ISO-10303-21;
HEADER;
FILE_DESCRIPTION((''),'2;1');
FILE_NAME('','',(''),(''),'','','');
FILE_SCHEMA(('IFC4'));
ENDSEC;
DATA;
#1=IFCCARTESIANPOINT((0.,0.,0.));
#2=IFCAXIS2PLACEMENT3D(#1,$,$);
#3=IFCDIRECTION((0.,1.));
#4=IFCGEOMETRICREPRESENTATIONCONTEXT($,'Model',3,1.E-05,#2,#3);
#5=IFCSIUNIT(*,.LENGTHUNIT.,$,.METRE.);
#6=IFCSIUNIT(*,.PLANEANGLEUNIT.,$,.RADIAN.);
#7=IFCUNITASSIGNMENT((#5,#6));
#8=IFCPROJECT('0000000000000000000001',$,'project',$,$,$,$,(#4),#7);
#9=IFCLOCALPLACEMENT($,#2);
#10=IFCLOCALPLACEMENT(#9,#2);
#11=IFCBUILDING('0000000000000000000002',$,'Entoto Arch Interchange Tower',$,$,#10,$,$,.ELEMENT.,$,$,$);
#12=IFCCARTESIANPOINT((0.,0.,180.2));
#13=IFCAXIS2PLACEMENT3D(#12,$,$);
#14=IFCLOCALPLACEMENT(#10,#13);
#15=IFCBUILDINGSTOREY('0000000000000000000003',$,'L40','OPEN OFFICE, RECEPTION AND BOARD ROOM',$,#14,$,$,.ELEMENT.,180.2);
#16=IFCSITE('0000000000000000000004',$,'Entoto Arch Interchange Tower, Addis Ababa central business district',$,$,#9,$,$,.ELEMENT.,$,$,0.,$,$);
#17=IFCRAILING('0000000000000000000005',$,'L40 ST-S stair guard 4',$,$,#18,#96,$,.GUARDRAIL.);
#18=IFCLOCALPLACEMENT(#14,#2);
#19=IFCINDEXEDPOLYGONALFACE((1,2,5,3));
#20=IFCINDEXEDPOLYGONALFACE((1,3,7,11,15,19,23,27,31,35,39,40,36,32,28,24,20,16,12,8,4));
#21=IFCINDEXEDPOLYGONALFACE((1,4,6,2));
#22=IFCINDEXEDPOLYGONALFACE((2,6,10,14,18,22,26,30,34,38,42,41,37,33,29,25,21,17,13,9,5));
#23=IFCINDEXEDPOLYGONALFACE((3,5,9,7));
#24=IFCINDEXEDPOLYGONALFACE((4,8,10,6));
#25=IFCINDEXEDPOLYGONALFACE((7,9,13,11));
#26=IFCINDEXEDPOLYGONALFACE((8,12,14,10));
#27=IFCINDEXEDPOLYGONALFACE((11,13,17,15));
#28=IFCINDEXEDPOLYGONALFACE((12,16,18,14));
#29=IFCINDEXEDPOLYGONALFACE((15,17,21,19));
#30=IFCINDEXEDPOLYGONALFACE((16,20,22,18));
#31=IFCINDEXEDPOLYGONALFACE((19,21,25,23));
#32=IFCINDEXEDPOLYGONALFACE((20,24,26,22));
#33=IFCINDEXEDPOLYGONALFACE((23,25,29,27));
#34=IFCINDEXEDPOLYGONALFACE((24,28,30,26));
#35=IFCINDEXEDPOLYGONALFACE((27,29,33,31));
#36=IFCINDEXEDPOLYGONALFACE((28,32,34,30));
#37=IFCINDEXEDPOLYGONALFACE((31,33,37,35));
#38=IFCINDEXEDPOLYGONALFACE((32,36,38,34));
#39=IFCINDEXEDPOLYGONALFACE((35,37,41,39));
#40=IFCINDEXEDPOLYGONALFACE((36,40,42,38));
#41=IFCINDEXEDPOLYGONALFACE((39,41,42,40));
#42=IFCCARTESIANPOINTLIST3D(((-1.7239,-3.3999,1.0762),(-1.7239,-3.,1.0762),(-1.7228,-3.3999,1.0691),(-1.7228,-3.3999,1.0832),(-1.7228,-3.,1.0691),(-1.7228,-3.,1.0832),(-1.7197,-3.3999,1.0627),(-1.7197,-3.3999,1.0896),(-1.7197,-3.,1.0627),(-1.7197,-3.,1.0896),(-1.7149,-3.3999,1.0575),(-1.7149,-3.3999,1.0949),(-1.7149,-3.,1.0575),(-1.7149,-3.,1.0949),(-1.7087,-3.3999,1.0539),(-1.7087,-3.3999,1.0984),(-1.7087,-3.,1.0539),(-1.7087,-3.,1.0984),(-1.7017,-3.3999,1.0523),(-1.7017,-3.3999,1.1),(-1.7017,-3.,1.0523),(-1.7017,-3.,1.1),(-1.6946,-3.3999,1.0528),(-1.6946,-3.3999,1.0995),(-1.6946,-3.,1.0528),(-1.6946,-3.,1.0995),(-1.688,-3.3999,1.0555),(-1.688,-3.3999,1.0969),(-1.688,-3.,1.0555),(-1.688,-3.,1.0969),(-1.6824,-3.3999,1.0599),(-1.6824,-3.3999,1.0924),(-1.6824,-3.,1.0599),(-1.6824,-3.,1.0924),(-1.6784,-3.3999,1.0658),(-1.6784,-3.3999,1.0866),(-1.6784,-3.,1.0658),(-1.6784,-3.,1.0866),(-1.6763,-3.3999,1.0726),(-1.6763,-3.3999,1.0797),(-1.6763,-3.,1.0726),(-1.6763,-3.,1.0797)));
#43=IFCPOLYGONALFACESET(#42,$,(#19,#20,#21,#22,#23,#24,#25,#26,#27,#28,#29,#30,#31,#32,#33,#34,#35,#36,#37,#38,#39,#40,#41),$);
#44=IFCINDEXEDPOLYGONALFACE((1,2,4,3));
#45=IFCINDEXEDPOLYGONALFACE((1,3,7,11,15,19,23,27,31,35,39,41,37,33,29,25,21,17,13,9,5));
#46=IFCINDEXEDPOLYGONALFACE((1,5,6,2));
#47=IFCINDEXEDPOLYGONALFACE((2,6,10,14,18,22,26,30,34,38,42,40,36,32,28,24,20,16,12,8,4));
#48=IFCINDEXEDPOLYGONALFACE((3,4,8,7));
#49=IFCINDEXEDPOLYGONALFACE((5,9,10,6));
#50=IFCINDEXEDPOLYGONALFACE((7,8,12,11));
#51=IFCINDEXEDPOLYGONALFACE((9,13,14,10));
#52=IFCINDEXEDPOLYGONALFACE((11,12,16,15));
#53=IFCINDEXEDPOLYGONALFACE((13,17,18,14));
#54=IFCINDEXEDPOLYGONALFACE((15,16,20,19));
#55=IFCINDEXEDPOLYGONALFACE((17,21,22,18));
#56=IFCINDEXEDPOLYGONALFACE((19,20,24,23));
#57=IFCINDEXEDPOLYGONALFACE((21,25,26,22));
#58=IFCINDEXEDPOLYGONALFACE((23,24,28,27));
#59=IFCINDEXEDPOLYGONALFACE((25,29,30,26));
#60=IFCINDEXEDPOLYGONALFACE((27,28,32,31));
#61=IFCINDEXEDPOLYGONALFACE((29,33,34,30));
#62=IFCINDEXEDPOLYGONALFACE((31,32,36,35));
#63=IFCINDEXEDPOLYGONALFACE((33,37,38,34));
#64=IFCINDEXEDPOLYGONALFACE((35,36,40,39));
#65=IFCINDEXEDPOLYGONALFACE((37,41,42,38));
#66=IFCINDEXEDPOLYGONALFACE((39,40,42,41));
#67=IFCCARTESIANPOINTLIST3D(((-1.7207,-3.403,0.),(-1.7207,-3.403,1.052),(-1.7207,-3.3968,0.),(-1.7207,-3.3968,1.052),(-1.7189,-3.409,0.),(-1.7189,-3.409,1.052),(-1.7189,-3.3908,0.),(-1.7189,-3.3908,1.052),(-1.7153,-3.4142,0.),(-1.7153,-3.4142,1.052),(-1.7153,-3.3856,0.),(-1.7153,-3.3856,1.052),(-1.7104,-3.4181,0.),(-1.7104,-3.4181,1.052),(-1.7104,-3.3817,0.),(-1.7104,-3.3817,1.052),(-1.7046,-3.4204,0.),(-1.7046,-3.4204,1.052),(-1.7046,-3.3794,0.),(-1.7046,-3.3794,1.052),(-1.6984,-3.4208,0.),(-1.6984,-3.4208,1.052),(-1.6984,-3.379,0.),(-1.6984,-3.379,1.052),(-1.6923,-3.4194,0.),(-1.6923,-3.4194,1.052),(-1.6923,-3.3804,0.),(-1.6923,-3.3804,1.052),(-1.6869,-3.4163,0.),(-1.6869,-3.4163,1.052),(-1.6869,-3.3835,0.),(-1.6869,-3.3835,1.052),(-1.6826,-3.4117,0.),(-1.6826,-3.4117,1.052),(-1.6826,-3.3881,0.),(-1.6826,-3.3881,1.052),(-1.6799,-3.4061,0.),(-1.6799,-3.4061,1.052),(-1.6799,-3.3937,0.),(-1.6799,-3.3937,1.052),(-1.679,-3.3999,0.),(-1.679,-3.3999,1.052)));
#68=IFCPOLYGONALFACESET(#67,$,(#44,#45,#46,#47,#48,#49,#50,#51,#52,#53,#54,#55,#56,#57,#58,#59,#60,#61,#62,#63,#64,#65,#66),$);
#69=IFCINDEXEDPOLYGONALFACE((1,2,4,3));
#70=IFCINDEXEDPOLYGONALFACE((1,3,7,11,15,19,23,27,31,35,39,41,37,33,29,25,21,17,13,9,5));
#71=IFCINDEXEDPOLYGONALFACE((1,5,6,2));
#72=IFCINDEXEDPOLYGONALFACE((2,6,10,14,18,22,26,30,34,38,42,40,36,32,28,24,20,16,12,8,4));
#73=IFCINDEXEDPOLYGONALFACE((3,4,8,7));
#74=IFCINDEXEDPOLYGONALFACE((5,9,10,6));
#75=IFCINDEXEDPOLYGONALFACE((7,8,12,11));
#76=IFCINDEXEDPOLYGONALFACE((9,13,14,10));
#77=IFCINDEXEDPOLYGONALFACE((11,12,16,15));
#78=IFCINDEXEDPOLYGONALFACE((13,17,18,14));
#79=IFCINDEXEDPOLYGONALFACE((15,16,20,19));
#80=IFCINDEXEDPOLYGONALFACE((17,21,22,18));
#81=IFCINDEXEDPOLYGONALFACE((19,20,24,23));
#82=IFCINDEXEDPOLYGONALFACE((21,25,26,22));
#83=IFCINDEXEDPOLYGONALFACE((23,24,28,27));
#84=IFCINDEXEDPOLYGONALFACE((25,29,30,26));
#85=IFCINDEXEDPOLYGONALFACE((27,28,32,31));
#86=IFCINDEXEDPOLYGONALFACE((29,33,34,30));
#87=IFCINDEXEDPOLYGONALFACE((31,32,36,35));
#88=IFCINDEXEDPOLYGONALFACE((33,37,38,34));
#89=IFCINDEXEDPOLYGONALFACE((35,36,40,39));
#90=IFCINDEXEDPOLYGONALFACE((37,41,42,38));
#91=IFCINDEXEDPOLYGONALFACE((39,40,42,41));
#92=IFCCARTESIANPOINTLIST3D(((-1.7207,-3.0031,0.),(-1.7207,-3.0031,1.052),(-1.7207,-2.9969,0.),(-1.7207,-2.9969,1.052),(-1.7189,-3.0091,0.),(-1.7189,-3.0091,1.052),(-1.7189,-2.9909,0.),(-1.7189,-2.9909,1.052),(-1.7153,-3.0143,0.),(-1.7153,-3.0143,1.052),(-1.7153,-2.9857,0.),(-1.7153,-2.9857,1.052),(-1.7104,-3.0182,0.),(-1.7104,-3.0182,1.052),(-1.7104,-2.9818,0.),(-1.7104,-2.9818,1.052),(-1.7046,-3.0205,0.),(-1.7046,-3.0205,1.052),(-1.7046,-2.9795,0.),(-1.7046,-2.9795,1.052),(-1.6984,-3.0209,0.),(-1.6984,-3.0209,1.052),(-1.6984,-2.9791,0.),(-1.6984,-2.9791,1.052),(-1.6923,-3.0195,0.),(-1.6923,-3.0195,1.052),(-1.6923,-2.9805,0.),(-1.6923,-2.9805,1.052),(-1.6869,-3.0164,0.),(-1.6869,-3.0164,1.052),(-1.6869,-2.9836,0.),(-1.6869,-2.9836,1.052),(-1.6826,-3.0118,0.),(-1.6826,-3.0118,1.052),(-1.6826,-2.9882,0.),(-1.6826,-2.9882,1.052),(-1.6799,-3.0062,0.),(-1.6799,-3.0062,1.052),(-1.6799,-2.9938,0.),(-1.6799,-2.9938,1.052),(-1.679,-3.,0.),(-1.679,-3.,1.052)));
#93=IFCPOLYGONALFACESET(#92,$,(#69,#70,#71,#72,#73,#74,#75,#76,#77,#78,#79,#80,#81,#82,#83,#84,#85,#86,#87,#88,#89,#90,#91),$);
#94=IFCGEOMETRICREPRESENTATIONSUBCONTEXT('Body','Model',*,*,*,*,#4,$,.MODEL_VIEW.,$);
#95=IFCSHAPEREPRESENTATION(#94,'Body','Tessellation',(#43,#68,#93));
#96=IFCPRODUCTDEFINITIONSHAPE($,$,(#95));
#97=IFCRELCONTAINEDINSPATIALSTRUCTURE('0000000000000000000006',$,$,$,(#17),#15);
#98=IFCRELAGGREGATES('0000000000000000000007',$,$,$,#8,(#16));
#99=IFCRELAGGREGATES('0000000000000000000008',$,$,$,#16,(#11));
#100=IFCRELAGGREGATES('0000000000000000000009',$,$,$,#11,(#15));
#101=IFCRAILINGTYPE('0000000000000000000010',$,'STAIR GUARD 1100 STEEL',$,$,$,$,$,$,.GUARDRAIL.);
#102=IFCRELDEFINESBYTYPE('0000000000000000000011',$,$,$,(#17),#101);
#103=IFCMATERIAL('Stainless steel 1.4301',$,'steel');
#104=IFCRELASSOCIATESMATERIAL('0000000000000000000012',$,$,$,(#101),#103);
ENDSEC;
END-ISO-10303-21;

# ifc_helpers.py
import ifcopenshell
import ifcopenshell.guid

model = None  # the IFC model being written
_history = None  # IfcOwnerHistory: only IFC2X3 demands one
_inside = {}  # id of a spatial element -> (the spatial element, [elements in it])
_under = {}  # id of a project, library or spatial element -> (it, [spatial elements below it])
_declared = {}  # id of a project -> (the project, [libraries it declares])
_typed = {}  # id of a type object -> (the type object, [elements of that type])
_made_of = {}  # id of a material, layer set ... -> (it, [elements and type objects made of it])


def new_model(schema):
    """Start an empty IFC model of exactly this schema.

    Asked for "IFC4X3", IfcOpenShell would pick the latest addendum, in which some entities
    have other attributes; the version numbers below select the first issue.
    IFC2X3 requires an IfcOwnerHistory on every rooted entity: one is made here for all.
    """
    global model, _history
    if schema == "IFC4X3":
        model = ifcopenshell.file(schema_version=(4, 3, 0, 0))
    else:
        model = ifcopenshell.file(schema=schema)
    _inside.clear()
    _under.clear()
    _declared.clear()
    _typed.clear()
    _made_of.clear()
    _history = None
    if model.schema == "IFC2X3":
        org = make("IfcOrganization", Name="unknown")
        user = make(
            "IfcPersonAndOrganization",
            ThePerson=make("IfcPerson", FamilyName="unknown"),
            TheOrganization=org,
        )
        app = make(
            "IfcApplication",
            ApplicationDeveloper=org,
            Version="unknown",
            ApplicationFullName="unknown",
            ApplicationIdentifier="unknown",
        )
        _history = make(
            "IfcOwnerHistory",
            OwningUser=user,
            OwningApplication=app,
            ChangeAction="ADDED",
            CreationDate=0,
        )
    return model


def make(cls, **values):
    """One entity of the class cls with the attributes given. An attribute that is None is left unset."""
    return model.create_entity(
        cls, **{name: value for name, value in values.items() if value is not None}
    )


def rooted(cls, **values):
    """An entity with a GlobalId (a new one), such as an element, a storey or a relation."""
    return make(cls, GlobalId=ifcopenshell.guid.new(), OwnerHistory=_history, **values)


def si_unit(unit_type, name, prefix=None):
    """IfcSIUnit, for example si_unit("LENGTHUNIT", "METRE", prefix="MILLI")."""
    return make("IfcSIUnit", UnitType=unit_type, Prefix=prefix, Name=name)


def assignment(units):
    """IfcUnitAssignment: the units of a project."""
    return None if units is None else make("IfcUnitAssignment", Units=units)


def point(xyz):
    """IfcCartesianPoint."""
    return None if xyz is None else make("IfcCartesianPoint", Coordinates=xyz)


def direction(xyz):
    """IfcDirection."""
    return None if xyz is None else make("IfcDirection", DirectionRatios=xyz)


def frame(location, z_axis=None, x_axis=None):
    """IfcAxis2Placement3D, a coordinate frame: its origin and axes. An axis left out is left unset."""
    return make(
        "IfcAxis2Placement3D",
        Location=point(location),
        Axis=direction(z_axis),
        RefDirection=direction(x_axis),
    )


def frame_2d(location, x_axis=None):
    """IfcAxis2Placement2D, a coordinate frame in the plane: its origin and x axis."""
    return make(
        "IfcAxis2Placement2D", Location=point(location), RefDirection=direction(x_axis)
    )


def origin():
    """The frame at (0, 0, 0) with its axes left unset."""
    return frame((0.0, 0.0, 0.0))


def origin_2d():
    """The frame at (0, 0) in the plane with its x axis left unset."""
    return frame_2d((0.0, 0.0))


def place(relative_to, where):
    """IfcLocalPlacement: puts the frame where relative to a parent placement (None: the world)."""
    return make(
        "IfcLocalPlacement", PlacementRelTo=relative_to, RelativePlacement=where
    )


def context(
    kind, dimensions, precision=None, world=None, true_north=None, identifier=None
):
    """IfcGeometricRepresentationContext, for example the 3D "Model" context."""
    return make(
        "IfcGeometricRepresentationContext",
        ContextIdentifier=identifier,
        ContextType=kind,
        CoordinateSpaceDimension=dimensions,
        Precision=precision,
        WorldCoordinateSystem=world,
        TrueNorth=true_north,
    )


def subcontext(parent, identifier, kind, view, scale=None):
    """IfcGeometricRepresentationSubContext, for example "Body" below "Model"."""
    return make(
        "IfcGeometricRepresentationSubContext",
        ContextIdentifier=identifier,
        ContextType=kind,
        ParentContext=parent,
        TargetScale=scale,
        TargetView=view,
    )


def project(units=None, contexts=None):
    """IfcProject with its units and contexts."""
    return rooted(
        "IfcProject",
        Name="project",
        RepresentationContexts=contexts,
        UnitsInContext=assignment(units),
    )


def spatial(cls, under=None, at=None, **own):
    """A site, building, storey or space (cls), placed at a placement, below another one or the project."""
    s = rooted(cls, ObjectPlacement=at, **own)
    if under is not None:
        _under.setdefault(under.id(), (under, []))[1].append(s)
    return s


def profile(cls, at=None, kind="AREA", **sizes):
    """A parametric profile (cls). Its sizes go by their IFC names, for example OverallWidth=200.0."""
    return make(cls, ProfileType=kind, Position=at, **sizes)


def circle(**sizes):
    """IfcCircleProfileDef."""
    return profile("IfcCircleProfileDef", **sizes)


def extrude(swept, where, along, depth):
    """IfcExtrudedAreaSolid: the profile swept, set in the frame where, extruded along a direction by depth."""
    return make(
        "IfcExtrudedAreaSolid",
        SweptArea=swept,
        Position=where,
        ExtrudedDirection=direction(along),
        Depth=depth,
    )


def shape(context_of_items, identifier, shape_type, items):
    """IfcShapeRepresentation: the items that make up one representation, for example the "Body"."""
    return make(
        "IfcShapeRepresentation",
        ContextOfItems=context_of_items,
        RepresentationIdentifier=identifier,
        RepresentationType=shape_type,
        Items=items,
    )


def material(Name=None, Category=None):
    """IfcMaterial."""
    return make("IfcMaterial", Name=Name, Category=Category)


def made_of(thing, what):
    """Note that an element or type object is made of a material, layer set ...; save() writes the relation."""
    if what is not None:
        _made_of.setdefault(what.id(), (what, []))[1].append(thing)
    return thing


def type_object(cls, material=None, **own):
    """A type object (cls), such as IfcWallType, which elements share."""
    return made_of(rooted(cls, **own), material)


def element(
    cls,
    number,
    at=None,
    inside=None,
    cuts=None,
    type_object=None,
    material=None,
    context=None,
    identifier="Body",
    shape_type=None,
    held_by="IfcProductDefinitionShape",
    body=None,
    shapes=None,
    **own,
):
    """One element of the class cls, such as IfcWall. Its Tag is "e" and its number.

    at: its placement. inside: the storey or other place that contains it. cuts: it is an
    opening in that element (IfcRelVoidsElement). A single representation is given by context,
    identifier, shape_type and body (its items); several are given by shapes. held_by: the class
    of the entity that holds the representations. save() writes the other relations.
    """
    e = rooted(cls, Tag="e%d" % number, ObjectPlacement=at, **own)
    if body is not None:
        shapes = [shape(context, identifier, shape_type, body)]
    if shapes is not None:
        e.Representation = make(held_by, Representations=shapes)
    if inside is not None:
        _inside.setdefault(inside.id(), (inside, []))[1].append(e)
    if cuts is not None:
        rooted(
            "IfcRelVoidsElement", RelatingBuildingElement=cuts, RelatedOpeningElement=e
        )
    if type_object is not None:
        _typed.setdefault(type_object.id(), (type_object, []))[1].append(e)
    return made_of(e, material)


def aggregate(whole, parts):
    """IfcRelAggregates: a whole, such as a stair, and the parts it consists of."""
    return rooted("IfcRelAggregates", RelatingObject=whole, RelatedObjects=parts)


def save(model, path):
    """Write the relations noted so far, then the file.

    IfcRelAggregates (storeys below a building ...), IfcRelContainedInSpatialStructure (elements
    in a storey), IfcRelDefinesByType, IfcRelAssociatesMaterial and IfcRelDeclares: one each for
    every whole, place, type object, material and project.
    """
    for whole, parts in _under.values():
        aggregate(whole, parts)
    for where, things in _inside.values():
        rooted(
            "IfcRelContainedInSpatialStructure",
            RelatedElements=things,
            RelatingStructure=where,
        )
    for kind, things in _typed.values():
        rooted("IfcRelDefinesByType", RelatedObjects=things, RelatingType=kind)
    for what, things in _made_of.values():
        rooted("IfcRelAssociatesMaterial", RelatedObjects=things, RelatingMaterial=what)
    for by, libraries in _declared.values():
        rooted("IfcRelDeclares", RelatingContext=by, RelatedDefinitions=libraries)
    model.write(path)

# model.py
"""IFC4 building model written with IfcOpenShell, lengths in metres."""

from ifc_helpers import new_model, si_unit, direction, frame, origin, origin_2d, place, context, subcontext, project, spatial, circle, extrude, material, type_object, element, save


model = new_model("IFC4")

# Units and contexts
model_context = context("Model", 3, precision=1e-05, world=origin(), true_north=direction((0.0, 1.0)))
body_context = subcontext(model_context, "Body", "Model", "MODEL_VIEW")
ifc_project = project(units=[si_unit("LENGTHUNIT", "METRE"), si_unit("PLANEANGLEUNIT", "RADIAN")], contexts=[model_context])

# Site, building, storey
site_placement = place(None, origin())
site = spatial("IfcSite", under=ifc_project, at=site_placement, Name="Entoto Arch Interchange Tower, Addis Ababa central business district", CompositionType="ELEMENT", RefElevation=0.0)
building_placement = place(site_placement, origin())
building = spatial("IfcBuilding", under=site, at=building_placement, Name="Entoto Arch Interchange Tower", CompositionType="ELEMENT")
storey_placement = place(building_placement, frame((0.0, 0.0, 180.2)))
storey = spatial("IfcBuildingStorey", under=building, at=storey_placement, Name="L40", Description="OPEN OFFICE, RECEPTION AND BOARD ROOM", CompositionType="ELEMENT", Elevation=180.2)

# Railing
ifc_material_1 = material(Name="Stainless steel 1.4301", Category="steel")
railing_type = type_object("IfcRailingType", Name="STAIR GUARD 1100 STEEL", PredefinedType="GUARDRAIL", material=ifc_material_1)
railing_1_placement = place(storey_placement, frame((-1.7, -3.3999, 0.0)))
element("IfcRailing", 1, at=railing_1_placement, inside=storey, type_object=railing_type, Name="L40 ST-S stair guard 4", PredefinedType="GUARDRAIL", context=body_context, shape_type="SweptSolid", body=[
    extrude(circle(Radius=0.0239, at=origin_2d()), frame((0.0, 0.0, 1.0762), z_axis=(0.0, 1.0, 0.0), x_axis=(-1.0, 0.0, 0.0)), (0.0, 0.0, 1.0), 0.3999),
    extrude(circle(Radius=0.021, at=origin_2d()), origin(), (0.0, 0.0, 1.0), 1.052),
    extrude(circle(Radius=0.021, at=origin_2d()), frame((0.0, 0.3999, 0.0)), (0.0, 0.0, 1.0), 1.052),
])

save(model, "model.ifc")
